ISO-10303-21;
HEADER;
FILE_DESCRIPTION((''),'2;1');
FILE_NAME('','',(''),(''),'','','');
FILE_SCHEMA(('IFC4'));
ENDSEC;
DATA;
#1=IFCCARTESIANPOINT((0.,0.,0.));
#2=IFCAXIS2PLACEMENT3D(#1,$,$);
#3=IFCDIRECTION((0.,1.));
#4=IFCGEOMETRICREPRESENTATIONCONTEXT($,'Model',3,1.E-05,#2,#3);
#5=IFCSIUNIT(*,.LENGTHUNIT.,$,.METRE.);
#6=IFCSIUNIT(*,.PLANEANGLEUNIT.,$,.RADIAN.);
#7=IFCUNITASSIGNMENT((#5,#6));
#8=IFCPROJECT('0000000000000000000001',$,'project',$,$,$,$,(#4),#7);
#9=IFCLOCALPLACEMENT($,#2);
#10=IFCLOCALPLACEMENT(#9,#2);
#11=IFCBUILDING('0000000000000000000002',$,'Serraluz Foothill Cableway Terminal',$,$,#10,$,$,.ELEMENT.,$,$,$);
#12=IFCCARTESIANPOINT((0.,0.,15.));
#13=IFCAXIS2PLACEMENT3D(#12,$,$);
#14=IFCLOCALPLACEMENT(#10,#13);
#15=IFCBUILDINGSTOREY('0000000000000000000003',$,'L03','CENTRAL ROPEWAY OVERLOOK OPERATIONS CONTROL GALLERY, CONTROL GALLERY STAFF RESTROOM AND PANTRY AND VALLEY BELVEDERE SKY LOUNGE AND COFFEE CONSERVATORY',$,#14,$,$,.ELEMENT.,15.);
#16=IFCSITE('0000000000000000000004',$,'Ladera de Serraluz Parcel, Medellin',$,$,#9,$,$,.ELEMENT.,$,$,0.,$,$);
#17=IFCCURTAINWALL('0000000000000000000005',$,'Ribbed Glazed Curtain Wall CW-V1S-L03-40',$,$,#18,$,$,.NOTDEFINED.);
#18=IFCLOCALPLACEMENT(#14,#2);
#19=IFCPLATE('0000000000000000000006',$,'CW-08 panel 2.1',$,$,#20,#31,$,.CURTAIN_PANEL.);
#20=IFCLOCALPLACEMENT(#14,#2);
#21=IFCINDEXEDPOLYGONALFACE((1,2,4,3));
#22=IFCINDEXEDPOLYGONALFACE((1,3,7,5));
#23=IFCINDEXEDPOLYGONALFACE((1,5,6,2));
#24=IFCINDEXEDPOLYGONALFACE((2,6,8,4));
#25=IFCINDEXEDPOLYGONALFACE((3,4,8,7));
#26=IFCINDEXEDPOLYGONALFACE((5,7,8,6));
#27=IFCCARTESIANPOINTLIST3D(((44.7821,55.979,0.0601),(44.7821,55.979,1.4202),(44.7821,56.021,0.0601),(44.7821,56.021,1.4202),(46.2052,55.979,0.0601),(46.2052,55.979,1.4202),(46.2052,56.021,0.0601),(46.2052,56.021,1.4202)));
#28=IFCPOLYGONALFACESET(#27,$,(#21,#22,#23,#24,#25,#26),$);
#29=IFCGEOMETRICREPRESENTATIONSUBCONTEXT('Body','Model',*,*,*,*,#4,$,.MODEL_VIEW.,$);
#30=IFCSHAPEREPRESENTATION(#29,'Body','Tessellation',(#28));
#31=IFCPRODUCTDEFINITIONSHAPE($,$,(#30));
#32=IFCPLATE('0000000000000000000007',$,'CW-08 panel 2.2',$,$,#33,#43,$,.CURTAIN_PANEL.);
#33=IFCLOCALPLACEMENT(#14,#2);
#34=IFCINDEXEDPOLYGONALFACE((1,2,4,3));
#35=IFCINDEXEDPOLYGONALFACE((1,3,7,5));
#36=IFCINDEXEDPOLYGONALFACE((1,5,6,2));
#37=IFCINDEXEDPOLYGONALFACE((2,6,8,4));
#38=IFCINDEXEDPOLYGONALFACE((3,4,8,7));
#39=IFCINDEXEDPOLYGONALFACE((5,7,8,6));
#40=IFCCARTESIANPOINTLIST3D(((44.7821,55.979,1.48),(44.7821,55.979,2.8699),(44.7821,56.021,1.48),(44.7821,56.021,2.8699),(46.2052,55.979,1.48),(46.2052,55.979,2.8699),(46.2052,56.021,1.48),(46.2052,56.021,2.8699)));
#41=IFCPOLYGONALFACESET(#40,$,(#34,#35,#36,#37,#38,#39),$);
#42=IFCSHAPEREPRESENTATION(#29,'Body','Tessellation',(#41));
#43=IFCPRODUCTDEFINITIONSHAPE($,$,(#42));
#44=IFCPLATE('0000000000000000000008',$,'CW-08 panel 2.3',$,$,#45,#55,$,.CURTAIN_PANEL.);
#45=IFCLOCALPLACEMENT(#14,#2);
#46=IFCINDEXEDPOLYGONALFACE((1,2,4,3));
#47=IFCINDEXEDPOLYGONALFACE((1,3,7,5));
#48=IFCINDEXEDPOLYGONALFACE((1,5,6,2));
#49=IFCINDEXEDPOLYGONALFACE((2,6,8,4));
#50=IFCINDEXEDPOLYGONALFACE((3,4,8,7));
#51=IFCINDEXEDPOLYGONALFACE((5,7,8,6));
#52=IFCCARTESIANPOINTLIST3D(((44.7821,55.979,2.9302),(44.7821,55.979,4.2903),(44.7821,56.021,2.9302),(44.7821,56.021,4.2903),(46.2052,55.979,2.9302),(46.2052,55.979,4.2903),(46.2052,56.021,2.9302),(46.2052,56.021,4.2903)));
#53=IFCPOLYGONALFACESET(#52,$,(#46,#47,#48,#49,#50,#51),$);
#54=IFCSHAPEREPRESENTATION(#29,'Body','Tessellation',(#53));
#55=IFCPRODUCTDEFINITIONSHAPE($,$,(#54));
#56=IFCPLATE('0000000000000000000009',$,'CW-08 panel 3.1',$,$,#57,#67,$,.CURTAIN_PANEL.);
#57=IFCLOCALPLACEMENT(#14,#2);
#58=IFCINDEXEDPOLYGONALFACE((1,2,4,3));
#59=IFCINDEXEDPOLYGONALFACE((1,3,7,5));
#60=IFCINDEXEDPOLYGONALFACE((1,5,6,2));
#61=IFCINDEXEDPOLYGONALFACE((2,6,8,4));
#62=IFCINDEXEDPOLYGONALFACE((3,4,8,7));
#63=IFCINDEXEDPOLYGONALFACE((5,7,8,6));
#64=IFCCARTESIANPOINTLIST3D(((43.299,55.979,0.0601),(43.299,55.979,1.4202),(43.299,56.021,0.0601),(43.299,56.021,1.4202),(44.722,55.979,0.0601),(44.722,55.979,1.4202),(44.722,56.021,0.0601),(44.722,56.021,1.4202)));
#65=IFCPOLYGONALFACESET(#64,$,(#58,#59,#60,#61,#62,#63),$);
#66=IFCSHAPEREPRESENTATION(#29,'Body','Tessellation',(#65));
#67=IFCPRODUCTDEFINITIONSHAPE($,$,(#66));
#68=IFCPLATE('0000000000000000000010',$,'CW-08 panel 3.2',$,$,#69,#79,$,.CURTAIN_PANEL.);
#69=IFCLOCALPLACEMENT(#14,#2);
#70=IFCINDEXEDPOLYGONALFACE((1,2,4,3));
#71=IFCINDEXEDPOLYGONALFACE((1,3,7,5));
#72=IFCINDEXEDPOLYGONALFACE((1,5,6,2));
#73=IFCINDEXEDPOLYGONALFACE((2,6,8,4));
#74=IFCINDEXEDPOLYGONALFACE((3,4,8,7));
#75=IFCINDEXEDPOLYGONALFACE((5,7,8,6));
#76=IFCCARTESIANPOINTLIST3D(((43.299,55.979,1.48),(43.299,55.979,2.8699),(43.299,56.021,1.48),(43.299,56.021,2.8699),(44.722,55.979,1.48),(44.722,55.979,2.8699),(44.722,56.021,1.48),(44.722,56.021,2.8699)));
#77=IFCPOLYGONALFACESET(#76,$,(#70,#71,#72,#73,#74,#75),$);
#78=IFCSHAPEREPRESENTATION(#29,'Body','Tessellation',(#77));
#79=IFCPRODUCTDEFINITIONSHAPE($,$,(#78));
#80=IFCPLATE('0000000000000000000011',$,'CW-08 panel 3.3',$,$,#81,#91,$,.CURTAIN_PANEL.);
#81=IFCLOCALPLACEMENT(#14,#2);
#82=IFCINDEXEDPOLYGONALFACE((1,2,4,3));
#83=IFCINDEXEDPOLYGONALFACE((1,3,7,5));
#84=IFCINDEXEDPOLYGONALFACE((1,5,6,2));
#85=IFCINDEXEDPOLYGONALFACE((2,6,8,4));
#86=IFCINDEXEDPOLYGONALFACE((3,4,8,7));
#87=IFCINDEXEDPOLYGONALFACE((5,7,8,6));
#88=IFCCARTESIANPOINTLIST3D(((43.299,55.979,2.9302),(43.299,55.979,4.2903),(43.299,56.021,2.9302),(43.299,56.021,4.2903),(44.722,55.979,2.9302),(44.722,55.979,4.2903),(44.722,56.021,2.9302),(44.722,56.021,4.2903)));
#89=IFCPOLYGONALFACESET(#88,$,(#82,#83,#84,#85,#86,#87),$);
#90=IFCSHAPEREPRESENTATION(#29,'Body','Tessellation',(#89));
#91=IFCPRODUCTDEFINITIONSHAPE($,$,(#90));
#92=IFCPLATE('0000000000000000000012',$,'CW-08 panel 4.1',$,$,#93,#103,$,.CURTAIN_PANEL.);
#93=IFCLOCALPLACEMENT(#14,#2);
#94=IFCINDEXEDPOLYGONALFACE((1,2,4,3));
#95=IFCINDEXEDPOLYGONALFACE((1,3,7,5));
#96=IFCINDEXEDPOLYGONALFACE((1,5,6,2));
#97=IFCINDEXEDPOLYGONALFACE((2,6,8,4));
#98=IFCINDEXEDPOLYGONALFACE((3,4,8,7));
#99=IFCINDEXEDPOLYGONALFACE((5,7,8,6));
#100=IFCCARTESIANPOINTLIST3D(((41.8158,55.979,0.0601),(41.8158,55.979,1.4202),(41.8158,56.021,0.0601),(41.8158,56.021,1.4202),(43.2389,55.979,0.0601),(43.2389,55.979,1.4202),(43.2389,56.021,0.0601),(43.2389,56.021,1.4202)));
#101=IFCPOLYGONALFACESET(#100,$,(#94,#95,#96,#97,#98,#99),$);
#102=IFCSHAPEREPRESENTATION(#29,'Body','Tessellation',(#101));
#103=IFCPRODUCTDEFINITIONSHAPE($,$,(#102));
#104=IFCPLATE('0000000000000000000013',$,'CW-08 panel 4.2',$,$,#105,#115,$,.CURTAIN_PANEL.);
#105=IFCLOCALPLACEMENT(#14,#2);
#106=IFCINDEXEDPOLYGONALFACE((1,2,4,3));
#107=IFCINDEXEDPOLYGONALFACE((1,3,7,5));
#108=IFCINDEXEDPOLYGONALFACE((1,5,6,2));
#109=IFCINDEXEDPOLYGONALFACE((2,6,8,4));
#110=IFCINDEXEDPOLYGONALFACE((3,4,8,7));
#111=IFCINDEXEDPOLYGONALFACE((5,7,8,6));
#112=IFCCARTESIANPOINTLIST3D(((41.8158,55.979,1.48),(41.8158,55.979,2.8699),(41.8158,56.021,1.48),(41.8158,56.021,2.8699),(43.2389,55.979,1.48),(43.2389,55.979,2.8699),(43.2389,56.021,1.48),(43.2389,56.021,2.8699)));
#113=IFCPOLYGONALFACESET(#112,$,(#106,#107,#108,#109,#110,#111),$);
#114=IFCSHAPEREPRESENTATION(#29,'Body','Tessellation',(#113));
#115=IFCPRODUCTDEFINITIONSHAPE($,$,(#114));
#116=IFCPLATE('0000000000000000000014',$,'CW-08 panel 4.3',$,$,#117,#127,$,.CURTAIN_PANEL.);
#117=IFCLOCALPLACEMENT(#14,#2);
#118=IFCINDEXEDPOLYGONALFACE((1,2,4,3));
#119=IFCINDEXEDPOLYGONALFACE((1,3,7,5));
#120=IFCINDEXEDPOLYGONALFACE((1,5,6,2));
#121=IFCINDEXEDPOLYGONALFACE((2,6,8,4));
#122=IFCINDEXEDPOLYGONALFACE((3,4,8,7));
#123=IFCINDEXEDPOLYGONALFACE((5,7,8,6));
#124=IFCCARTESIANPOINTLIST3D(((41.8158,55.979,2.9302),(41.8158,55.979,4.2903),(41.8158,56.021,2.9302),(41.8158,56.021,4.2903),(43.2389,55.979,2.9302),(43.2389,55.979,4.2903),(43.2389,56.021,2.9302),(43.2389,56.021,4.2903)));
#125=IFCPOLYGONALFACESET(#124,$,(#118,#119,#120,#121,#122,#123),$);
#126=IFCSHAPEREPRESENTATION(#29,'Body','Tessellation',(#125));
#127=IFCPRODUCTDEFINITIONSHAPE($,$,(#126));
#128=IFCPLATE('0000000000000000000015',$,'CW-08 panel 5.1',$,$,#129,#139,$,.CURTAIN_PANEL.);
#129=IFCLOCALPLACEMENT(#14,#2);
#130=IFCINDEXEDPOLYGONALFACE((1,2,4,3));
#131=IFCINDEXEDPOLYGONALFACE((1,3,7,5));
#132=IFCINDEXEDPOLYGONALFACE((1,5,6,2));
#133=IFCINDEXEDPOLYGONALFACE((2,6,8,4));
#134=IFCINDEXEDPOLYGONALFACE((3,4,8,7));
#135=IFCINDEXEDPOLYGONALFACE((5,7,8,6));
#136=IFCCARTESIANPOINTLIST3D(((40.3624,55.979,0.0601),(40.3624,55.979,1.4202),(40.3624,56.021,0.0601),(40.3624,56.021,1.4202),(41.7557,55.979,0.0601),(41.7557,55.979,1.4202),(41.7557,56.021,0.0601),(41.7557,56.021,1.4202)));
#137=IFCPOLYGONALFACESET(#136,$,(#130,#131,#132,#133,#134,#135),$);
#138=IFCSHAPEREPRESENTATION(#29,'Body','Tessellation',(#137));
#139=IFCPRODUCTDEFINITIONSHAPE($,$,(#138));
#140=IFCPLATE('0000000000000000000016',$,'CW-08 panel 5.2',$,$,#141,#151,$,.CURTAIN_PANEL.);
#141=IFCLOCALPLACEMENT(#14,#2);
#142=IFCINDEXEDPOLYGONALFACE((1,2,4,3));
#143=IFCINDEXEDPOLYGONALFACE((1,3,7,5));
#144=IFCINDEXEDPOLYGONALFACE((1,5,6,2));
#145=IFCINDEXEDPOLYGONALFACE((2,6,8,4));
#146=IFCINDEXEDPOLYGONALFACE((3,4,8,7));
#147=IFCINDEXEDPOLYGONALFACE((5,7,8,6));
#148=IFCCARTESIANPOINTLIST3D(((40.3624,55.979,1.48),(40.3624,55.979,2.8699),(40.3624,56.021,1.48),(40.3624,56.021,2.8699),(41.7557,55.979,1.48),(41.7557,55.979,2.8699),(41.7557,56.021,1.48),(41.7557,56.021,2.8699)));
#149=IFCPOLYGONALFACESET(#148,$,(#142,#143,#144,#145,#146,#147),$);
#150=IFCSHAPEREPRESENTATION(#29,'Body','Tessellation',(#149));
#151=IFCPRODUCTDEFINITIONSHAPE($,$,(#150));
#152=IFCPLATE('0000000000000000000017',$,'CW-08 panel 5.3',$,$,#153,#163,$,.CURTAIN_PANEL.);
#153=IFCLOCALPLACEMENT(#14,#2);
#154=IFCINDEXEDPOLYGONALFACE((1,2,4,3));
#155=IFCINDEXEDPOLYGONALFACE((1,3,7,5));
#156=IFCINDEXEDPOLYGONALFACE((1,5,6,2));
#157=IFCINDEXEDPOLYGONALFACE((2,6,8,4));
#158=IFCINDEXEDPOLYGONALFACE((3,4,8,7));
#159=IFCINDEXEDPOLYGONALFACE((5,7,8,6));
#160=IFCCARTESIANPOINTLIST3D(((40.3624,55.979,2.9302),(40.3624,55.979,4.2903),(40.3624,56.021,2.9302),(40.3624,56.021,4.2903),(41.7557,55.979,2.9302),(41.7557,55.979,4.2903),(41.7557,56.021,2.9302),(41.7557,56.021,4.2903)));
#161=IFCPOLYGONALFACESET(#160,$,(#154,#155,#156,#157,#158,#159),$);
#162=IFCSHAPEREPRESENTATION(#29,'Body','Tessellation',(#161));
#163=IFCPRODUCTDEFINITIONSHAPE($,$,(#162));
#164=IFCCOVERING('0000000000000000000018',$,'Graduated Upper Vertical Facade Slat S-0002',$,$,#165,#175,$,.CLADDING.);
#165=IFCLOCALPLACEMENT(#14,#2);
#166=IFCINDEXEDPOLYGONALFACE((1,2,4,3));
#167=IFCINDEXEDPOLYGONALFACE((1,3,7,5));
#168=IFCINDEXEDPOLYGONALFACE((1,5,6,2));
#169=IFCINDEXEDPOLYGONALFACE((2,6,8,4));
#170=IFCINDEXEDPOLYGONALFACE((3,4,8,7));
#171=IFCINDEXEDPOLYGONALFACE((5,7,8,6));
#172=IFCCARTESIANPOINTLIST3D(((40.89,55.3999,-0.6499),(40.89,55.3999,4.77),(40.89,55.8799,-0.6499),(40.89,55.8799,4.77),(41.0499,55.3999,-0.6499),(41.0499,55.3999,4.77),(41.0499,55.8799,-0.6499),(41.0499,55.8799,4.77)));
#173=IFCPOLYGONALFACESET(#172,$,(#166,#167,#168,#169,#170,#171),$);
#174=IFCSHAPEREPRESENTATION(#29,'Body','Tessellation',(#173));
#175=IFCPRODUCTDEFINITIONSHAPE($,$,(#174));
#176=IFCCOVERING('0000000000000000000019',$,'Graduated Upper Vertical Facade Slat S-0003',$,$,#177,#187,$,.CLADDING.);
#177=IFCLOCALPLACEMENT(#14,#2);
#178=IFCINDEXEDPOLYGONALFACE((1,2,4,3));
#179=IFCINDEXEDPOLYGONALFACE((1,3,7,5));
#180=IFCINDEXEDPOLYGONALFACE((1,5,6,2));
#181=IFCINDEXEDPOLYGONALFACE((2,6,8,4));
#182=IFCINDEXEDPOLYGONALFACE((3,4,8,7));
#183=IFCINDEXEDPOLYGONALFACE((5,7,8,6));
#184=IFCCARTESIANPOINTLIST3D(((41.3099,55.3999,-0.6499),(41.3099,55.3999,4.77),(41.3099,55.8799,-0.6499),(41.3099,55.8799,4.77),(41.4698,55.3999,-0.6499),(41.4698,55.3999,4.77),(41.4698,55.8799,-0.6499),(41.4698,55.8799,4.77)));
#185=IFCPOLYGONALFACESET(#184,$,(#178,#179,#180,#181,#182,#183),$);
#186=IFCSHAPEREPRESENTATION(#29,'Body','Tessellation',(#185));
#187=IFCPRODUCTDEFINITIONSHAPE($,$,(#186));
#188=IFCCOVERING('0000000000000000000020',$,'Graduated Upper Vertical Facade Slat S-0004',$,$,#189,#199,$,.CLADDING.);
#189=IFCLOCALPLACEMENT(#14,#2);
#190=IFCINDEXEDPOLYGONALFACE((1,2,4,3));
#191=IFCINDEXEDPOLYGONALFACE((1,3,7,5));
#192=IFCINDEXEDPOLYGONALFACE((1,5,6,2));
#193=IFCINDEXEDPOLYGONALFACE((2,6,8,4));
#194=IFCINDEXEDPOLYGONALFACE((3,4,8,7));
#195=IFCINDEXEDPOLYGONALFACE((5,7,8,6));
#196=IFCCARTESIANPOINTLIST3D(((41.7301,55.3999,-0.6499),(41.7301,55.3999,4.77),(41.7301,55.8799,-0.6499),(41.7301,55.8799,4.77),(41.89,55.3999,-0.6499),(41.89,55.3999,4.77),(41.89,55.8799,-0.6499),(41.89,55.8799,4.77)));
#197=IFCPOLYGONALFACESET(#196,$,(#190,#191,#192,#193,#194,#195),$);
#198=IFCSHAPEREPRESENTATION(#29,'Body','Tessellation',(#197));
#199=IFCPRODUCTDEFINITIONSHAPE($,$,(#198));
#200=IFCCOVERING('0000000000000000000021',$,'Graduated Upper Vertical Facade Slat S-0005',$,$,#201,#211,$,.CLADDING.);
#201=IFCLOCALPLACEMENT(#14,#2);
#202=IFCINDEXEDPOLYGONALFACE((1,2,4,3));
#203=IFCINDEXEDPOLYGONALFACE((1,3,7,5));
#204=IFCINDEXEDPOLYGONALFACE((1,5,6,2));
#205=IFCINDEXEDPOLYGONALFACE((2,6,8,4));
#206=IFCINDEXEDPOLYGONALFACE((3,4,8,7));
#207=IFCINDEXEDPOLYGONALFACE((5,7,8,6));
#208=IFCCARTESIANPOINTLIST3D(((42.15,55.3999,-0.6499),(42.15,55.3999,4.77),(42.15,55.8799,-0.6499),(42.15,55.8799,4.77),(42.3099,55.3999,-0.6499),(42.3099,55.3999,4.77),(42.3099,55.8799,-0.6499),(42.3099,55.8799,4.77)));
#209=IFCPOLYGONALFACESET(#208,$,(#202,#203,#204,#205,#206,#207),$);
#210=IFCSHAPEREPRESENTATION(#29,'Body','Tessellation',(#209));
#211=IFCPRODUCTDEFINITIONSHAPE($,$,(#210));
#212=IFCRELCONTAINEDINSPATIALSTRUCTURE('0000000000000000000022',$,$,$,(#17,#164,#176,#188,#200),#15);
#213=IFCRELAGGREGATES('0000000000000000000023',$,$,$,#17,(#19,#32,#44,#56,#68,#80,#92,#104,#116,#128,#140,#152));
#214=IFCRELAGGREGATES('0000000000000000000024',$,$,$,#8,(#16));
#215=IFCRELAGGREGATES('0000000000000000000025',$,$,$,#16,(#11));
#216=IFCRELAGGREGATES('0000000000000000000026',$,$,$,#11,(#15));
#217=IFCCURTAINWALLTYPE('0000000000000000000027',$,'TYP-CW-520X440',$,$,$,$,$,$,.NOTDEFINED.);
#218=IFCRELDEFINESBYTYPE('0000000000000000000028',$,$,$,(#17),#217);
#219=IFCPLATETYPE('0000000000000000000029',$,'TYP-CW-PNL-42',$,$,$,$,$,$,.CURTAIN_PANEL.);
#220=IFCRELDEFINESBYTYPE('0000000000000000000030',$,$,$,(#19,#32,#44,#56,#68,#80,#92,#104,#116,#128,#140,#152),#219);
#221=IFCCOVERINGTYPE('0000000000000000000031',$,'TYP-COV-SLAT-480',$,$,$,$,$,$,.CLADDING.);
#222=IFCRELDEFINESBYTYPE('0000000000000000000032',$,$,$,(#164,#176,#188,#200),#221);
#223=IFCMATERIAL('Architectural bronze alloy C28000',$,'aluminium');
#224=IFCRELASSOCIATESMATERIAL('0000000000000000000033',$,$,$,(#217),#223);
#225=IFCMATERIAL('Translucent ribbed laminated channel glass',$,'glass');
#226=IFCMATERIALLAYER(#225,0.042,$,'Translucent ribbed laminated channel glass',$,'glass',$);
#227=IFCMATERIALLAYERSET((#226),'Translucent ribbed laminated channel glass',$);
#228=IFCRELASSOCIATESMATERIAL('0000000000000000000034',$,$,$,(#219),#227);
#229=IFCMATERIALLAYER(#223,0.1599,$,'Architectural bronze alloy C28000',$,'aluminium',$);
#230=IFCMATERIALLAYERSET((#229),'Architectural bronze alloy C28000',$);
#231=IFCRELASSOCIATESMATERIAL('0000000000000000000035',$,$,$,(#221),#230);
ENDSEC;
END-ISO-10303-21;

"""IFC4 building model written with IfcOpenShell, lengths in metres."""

from ifc_helpers import new_model, si_unit, direction, frame, origin, origin_2d, place, context, subcontext, project, spatial, rectangle, extrude, material, layer, layer_set, type_object, element, aggregate, save


model = new_model("IFC4")

# Units and contexts
model_context = context("Model", 3, precision=1e-05, world=origin(), true_north=direction((0.0, 1.0)))
body_context = subcontext(model_context, "Body", "Model", "MODEL_VIEW")
ifc_project = project(units=[si_unit("LENGTHUNIT", "METRE"), si_unit("PLANEANGLEUNIT", "RADIAN")], contexts=[model_context])

# Site, building, storey
site_placement = place(None, origin())
site = spatial("IfcSite", under=ifc_project, at=site_placement, Name="Ladera de Serraluz Parcel, Medellin", CompositionType="ELEMENT", RefElevation=0.0)
building_placement = place(site_placement, origin())
building = spatial("IfcBuilding", under=site, at=building_placement, Name="Serraluz Foothill Cableway Terminal", CompositionType="ELEMENT")
storey_placement = place(building_placement, frame((0.0, 0.0, 15.0)))
storey = spatial("IfcBuildingStorey", under=building, at=storey_placement, Name="L03", Description="CENTRAL ROPEWAY OVERLOOK OPERATIONS CONTROL GALLERY, CONTROL GALLERY STAFF RESTROOM AND PANTRY AND VALLEY BELVEDERE SKY LOUNGE AND COFFEE CONSERVATORY", CompositionType="ELEMENT", Elevation=15.0)

# Curtain wall, plates
ifc_material_1 = material(Name="Architectural bronze alloy C28000", Category="aluminium")
curtain_wall_type = type_object("IfcCurtainWallType", Name="TYP-CW-520X440", PredefinedType="NOTDEFINED", material=ifc_material_1)
curtain_wall_placement = place(storey_placement, origin())
curtain_wall = element("IfcCurtainWall", 1, at=curtain_wall_placement, inside=storey, type_object=curtain_wall_type, Name="Ribbed Glazed Curtain Wall CW-V1S-L03-40", PredefinedType="NOTDEFINED")
ifc_material_2 = material(Name="Translucent ribbed laminated channel glass", Category="glass")
ifc_layer_1 = layer(ifc_material_2, 0.042, Name="Translucent ribbed laminated channel glass", Category="glass")
ifc_layer_set_1 = layer_set([ifc_layer_1], Name="Translucent ribbed laminated channel glass")
plate_type = type_object("IfcPlateType", Name="TYP-CW-PNL-42", PredefinedType="CURTAIN_PANEL", material=ifc_layer_set_1)
plate_1_placement = place(storey_placement, frame((45.4937, 56.0, 0.0601), z_axis=(0.0, 0.0, 1.0), x_axis=(-1.0, 0.0, 0.0)))
plate_1 = element("IfcPlate", 2, at=plate_1_placement, type_object=plate_type, Name="CW-08 panel 2.1", PredefinedType="CURTAIN_PANEL", context=body_context, shape_type="SweptSolid", body=[
    extrude(rectangle(XDim=1.4231, YDim=0.042, at=origin_2d()), origin(), (0.0, 0.0, 1.0), 1.3601),
])
plate_2_placement = place(storey_placement, frame((45.4937, 56.0, 1.48), z_axis=(0.0, 0.0, 1.0), x_axis=(-1.0, 0.0, 0.0)))
plate_2 = element("IfcPlate", 3, at=plate_2_placement, type_object=plate_type, Name="CW-08 panel 2.2", PredefinedType="CURTAIN_PANEL", context=body_context, shape_type="SweptSolid", body=[
    extrude(rectangle(XDim=1.4231, YDim=0.042, at=origin_2d()), origin(), (0.0, 0.0, 1.0), 1.3899),
])
plate_3_placement = place(storey_placement, frame((45.4937, 56.0, 2.9302), z_axis=(0.0, 0.0, 1.0), x_axis=(-1.0, 0.0, 0.0)))
plate_3 = element("IfcPlate", 4, at=plate_3_placement, type_object=plate_type, Name="CW-08 panel 2.3", PredefinedType="CURTAIN_PANEL", context=body_context, shape_type="SweptSolid", body=[
    extrude(rectangle(XDim=1.4231, YDim=0.042, at=origin_2d()), origin(), (0.0, 0.0, 1.0), 1.3601),
])
plate_4_placement = place(storey_placement, frame((44.0105, 56.0, 0.0601), z_axis=(0.0, 0.0, 1.0), x_axis=(-1.0, 0.0, 0.0)))
plate_4 = element("IfcPlate", 5, at=plate_4_placement, type_object=plate_type, Name="CW-08 panel 3.1", PredefinedType="CURTAIN_PANEL", context=body_context, shape_type="SweptSolid", body=[
    extrude(rectangle(XDim=1.4231, YDim=0.042, at=origin_2d()), origin(), (0.0, 0.0, 1.0), 1.3601),
])
plate_5_placement = place(storey_placement, frame((44.0105, 56.0, 1.48), z_axis=(0.0, 0.0, 1.0), x_axis=(-1.0, 0.0, 0.0)))
plate_5 = element("IfcPlate", 6, at=plate_5_placement, type_object=plate_type, Name="CW-08 panel 3.2", PredefinedType="CURTAIN_PANEL", context=body_context, shape_type="SweptSolid", body=[
    extrude(rectangle(XDim=1.4231, YDim=0.042, at=origin_2d()), origin(), (0.0, 0.0, 1.0), 1.3899),
])
plate_6_placement = place(storey_placement, frame((44.0105, 56.0, 2.9302), z_axis=(0.0, 0.0, 1.0), x_axis=(-1.0, 0.0, 0.0)))
plate_6 = element("IfcPlate", 7, at=plate_6_placement, type_object=plate_type, Name="CW-08 panel 3.3", PredefinedType="CURTAIN_PANEL", context=body_context, shape_type="SweptSolid", body=[
    extrude(rectangle(XDim=1.4231, YDim=0.042, at=origin_2d()), origin(), (0.0, 0.0, 1.0), 1.3601),
])
plate_7_placement = place(storey_placement, frame((42.5273, 56.0, 0.0601), z_axis=(0.0, 0.0, 1.0), x_axis=(-1.0, 0.0, 0.0)))
plate_7 = element("IfcPlate", 8, at=plate_7_placement, type_object=plate_type, Name="CW-08 panel 4.1", PredefinedType="CURTAIN_PANEL", context=body_context, shape_type="SweptSolid", body=[
    extrude(rectangle(XDim=1.4231, YDim=0.042, at=origin_2d()), origin(), (0.0, 0.0, 1.0), 1.3601),
])
plate_8_placement = place(storey_placement, frame((42.5273, 56.0, 1.48), z_axis=(0.0, 0.0, 1.0), x_axis=(-1.0, 0.0, 0.0)))
plate_8 = element("IfcPlate", 9, at=plate_8_placement, type_object=plate_type, Name="CW-08 panel 4.2", PredefinedType="CURTAIN_PANEL", context=body_context, shape_type="SweptSolid", body=[
    extrude(rectangle(XDim=1.4231, YDim=0.042, at=origin_2d()), origin(), (0.0, 0.0, 1.0), 1.3899),
])
plate_9_placement = place(storey_placement, frame((42.5273, 56.0, 2.9302), z_axis=(0.0, 0.0, 1.0), x_axis=(-1.0, 0.0, 0.0)))
plate_9 = element("IfcPlate", 10, at=plate_9_placement, type_object=plate_type, Name="CW-08 panel 4.3", PredefinedType="CURTAIN_PANEL", context=body_context, shape_type="SweptSolid", body=[
    extrude(rectangle(XDim=1.4231, YDim=0.042, at=origin_2d()), origin(), (0.0, 0.0, 1.0), 1.3601),
])
plate_10_placement = place(storey_placement, frame((41.0591, 56.0, 0.0601), z_axis=(0.0, 0.0, 1.0), x_axis=(-1.0, 0.0, 0.0)))
plate_10 = element("IfcPlate", 11, at=plate_10_placement, type_object=plate_type, Name="CW-08 panel 5.1", PredefinedType="CURTAIN_PANEL", context=body_context, shape_type="SweptSolid", body=[
    extrude(rectangle(XDim=1.3933, YDim=0.042, at=origin_2d()), origin(), (0.0, 0.0, 1.0), 1.3601),
])
plate_11_placement = place(storey_placement, frame((41.0591, 56.0, 1.48), z_axis=(0.0, 0.0, 1.0), x_axis=(-1.0, 0.0, 0.0)))
plate_11 = element("IfcPlate", 12, at=plate_11_placement, type_object=plate_type, Name="CW-08 panel 5.2", PredefinedType="CURTAIN_PANEL", context=body_context, shape_type="SweptSolid", body=[
    extrude(rectangle(XDim=1.3933, YDim=0.042, at=origin_2d()), origin(), (0.0, 0.0, 1.0), 1.3899),
])
plate_12_placement = place(storey_placement, frame((41.0591, 56.0, 2.9302), z_axis=(0.0, 0.0, 1.0), x_axis=(-1.0, 0.0, 0.0)))
plate_12 = element("IfcPlate", 13, at=plate_12_placement, type_object=plate_type, Name="CW-08 panel 5.3", PredefinedType="CURTAIN_PANEL", context=body_context, shape_type="SweptSolid", body=[
    extrude(rectangle(XDim=1.3933, YDim=0.042, at=origin_2d()), origin(), (0.0, 0.0, 1.0), 1.3601),
])
aggregate(curtain_wall, [plate_1, plate_2, plate_3, plate_4, plate_5, plate_6, plate_7, plate_8, plate_9, plate_10, plate_11, plate_12])

# Coverings
ifc_layer_2 = layer(ifc_material_1, 0.1599, Name="Architectural bronze alloy C28000", Category="aluminium")
ifc_layer_set_2 = layer_set([ifc_layer_2], Name="Architectural bronze alloy C28000")
covering_type = type_object("IfcCoveringType", Name="TYP-COV-SLAT-480", PredefinedType="CLADDING", material=ifc_layer_set_2)
for number, where, z_axis, x_axis, name in (
    (14, (40.97, 55.6399, -0.6499), (0.0, 0.0, 1.0), (1.0, 0.0, 0.0), "Graduated Upper Vertical Facade Slat S-0002"),
    (15, (41.3899, 55.6399, -0.6499), (0.0, 0.0, 1.0), (1.0, 0.0, 0.0), "Graduated Upper Vertical Facade Slat S-0003"),
    (16, (41.8101, 55.6399, -0.6499), (0.0, 0.0, 1.0), (1.0, 0.0, 0.0), "Graduated Upper Vertical Facade Slat S-0004"),
    (17, (42.23, 55.6399, -0.6499), (0.0, 0.0, 1.0), (1.0, 0.0, 0.0), "Graduated Upper Vertical Facade Slat S-0005"),
):
    element("IfcCovering", number, at=place(storey_placement, frame(where, z_axis=z_axis, x_axis=x_axis)), inside=storey, type_object=covering_type, Name=name, PredefinedType="CLADDING", context=body_context, shape_type="SweptSolid", body=[
        extrude(rectangle(XDim=0.1599, YDim=0.48, at=origin_2d()), origin(), (0.0, 0.0, 1.0), 5.4199),
    ])

save(model, "model.ifc")
